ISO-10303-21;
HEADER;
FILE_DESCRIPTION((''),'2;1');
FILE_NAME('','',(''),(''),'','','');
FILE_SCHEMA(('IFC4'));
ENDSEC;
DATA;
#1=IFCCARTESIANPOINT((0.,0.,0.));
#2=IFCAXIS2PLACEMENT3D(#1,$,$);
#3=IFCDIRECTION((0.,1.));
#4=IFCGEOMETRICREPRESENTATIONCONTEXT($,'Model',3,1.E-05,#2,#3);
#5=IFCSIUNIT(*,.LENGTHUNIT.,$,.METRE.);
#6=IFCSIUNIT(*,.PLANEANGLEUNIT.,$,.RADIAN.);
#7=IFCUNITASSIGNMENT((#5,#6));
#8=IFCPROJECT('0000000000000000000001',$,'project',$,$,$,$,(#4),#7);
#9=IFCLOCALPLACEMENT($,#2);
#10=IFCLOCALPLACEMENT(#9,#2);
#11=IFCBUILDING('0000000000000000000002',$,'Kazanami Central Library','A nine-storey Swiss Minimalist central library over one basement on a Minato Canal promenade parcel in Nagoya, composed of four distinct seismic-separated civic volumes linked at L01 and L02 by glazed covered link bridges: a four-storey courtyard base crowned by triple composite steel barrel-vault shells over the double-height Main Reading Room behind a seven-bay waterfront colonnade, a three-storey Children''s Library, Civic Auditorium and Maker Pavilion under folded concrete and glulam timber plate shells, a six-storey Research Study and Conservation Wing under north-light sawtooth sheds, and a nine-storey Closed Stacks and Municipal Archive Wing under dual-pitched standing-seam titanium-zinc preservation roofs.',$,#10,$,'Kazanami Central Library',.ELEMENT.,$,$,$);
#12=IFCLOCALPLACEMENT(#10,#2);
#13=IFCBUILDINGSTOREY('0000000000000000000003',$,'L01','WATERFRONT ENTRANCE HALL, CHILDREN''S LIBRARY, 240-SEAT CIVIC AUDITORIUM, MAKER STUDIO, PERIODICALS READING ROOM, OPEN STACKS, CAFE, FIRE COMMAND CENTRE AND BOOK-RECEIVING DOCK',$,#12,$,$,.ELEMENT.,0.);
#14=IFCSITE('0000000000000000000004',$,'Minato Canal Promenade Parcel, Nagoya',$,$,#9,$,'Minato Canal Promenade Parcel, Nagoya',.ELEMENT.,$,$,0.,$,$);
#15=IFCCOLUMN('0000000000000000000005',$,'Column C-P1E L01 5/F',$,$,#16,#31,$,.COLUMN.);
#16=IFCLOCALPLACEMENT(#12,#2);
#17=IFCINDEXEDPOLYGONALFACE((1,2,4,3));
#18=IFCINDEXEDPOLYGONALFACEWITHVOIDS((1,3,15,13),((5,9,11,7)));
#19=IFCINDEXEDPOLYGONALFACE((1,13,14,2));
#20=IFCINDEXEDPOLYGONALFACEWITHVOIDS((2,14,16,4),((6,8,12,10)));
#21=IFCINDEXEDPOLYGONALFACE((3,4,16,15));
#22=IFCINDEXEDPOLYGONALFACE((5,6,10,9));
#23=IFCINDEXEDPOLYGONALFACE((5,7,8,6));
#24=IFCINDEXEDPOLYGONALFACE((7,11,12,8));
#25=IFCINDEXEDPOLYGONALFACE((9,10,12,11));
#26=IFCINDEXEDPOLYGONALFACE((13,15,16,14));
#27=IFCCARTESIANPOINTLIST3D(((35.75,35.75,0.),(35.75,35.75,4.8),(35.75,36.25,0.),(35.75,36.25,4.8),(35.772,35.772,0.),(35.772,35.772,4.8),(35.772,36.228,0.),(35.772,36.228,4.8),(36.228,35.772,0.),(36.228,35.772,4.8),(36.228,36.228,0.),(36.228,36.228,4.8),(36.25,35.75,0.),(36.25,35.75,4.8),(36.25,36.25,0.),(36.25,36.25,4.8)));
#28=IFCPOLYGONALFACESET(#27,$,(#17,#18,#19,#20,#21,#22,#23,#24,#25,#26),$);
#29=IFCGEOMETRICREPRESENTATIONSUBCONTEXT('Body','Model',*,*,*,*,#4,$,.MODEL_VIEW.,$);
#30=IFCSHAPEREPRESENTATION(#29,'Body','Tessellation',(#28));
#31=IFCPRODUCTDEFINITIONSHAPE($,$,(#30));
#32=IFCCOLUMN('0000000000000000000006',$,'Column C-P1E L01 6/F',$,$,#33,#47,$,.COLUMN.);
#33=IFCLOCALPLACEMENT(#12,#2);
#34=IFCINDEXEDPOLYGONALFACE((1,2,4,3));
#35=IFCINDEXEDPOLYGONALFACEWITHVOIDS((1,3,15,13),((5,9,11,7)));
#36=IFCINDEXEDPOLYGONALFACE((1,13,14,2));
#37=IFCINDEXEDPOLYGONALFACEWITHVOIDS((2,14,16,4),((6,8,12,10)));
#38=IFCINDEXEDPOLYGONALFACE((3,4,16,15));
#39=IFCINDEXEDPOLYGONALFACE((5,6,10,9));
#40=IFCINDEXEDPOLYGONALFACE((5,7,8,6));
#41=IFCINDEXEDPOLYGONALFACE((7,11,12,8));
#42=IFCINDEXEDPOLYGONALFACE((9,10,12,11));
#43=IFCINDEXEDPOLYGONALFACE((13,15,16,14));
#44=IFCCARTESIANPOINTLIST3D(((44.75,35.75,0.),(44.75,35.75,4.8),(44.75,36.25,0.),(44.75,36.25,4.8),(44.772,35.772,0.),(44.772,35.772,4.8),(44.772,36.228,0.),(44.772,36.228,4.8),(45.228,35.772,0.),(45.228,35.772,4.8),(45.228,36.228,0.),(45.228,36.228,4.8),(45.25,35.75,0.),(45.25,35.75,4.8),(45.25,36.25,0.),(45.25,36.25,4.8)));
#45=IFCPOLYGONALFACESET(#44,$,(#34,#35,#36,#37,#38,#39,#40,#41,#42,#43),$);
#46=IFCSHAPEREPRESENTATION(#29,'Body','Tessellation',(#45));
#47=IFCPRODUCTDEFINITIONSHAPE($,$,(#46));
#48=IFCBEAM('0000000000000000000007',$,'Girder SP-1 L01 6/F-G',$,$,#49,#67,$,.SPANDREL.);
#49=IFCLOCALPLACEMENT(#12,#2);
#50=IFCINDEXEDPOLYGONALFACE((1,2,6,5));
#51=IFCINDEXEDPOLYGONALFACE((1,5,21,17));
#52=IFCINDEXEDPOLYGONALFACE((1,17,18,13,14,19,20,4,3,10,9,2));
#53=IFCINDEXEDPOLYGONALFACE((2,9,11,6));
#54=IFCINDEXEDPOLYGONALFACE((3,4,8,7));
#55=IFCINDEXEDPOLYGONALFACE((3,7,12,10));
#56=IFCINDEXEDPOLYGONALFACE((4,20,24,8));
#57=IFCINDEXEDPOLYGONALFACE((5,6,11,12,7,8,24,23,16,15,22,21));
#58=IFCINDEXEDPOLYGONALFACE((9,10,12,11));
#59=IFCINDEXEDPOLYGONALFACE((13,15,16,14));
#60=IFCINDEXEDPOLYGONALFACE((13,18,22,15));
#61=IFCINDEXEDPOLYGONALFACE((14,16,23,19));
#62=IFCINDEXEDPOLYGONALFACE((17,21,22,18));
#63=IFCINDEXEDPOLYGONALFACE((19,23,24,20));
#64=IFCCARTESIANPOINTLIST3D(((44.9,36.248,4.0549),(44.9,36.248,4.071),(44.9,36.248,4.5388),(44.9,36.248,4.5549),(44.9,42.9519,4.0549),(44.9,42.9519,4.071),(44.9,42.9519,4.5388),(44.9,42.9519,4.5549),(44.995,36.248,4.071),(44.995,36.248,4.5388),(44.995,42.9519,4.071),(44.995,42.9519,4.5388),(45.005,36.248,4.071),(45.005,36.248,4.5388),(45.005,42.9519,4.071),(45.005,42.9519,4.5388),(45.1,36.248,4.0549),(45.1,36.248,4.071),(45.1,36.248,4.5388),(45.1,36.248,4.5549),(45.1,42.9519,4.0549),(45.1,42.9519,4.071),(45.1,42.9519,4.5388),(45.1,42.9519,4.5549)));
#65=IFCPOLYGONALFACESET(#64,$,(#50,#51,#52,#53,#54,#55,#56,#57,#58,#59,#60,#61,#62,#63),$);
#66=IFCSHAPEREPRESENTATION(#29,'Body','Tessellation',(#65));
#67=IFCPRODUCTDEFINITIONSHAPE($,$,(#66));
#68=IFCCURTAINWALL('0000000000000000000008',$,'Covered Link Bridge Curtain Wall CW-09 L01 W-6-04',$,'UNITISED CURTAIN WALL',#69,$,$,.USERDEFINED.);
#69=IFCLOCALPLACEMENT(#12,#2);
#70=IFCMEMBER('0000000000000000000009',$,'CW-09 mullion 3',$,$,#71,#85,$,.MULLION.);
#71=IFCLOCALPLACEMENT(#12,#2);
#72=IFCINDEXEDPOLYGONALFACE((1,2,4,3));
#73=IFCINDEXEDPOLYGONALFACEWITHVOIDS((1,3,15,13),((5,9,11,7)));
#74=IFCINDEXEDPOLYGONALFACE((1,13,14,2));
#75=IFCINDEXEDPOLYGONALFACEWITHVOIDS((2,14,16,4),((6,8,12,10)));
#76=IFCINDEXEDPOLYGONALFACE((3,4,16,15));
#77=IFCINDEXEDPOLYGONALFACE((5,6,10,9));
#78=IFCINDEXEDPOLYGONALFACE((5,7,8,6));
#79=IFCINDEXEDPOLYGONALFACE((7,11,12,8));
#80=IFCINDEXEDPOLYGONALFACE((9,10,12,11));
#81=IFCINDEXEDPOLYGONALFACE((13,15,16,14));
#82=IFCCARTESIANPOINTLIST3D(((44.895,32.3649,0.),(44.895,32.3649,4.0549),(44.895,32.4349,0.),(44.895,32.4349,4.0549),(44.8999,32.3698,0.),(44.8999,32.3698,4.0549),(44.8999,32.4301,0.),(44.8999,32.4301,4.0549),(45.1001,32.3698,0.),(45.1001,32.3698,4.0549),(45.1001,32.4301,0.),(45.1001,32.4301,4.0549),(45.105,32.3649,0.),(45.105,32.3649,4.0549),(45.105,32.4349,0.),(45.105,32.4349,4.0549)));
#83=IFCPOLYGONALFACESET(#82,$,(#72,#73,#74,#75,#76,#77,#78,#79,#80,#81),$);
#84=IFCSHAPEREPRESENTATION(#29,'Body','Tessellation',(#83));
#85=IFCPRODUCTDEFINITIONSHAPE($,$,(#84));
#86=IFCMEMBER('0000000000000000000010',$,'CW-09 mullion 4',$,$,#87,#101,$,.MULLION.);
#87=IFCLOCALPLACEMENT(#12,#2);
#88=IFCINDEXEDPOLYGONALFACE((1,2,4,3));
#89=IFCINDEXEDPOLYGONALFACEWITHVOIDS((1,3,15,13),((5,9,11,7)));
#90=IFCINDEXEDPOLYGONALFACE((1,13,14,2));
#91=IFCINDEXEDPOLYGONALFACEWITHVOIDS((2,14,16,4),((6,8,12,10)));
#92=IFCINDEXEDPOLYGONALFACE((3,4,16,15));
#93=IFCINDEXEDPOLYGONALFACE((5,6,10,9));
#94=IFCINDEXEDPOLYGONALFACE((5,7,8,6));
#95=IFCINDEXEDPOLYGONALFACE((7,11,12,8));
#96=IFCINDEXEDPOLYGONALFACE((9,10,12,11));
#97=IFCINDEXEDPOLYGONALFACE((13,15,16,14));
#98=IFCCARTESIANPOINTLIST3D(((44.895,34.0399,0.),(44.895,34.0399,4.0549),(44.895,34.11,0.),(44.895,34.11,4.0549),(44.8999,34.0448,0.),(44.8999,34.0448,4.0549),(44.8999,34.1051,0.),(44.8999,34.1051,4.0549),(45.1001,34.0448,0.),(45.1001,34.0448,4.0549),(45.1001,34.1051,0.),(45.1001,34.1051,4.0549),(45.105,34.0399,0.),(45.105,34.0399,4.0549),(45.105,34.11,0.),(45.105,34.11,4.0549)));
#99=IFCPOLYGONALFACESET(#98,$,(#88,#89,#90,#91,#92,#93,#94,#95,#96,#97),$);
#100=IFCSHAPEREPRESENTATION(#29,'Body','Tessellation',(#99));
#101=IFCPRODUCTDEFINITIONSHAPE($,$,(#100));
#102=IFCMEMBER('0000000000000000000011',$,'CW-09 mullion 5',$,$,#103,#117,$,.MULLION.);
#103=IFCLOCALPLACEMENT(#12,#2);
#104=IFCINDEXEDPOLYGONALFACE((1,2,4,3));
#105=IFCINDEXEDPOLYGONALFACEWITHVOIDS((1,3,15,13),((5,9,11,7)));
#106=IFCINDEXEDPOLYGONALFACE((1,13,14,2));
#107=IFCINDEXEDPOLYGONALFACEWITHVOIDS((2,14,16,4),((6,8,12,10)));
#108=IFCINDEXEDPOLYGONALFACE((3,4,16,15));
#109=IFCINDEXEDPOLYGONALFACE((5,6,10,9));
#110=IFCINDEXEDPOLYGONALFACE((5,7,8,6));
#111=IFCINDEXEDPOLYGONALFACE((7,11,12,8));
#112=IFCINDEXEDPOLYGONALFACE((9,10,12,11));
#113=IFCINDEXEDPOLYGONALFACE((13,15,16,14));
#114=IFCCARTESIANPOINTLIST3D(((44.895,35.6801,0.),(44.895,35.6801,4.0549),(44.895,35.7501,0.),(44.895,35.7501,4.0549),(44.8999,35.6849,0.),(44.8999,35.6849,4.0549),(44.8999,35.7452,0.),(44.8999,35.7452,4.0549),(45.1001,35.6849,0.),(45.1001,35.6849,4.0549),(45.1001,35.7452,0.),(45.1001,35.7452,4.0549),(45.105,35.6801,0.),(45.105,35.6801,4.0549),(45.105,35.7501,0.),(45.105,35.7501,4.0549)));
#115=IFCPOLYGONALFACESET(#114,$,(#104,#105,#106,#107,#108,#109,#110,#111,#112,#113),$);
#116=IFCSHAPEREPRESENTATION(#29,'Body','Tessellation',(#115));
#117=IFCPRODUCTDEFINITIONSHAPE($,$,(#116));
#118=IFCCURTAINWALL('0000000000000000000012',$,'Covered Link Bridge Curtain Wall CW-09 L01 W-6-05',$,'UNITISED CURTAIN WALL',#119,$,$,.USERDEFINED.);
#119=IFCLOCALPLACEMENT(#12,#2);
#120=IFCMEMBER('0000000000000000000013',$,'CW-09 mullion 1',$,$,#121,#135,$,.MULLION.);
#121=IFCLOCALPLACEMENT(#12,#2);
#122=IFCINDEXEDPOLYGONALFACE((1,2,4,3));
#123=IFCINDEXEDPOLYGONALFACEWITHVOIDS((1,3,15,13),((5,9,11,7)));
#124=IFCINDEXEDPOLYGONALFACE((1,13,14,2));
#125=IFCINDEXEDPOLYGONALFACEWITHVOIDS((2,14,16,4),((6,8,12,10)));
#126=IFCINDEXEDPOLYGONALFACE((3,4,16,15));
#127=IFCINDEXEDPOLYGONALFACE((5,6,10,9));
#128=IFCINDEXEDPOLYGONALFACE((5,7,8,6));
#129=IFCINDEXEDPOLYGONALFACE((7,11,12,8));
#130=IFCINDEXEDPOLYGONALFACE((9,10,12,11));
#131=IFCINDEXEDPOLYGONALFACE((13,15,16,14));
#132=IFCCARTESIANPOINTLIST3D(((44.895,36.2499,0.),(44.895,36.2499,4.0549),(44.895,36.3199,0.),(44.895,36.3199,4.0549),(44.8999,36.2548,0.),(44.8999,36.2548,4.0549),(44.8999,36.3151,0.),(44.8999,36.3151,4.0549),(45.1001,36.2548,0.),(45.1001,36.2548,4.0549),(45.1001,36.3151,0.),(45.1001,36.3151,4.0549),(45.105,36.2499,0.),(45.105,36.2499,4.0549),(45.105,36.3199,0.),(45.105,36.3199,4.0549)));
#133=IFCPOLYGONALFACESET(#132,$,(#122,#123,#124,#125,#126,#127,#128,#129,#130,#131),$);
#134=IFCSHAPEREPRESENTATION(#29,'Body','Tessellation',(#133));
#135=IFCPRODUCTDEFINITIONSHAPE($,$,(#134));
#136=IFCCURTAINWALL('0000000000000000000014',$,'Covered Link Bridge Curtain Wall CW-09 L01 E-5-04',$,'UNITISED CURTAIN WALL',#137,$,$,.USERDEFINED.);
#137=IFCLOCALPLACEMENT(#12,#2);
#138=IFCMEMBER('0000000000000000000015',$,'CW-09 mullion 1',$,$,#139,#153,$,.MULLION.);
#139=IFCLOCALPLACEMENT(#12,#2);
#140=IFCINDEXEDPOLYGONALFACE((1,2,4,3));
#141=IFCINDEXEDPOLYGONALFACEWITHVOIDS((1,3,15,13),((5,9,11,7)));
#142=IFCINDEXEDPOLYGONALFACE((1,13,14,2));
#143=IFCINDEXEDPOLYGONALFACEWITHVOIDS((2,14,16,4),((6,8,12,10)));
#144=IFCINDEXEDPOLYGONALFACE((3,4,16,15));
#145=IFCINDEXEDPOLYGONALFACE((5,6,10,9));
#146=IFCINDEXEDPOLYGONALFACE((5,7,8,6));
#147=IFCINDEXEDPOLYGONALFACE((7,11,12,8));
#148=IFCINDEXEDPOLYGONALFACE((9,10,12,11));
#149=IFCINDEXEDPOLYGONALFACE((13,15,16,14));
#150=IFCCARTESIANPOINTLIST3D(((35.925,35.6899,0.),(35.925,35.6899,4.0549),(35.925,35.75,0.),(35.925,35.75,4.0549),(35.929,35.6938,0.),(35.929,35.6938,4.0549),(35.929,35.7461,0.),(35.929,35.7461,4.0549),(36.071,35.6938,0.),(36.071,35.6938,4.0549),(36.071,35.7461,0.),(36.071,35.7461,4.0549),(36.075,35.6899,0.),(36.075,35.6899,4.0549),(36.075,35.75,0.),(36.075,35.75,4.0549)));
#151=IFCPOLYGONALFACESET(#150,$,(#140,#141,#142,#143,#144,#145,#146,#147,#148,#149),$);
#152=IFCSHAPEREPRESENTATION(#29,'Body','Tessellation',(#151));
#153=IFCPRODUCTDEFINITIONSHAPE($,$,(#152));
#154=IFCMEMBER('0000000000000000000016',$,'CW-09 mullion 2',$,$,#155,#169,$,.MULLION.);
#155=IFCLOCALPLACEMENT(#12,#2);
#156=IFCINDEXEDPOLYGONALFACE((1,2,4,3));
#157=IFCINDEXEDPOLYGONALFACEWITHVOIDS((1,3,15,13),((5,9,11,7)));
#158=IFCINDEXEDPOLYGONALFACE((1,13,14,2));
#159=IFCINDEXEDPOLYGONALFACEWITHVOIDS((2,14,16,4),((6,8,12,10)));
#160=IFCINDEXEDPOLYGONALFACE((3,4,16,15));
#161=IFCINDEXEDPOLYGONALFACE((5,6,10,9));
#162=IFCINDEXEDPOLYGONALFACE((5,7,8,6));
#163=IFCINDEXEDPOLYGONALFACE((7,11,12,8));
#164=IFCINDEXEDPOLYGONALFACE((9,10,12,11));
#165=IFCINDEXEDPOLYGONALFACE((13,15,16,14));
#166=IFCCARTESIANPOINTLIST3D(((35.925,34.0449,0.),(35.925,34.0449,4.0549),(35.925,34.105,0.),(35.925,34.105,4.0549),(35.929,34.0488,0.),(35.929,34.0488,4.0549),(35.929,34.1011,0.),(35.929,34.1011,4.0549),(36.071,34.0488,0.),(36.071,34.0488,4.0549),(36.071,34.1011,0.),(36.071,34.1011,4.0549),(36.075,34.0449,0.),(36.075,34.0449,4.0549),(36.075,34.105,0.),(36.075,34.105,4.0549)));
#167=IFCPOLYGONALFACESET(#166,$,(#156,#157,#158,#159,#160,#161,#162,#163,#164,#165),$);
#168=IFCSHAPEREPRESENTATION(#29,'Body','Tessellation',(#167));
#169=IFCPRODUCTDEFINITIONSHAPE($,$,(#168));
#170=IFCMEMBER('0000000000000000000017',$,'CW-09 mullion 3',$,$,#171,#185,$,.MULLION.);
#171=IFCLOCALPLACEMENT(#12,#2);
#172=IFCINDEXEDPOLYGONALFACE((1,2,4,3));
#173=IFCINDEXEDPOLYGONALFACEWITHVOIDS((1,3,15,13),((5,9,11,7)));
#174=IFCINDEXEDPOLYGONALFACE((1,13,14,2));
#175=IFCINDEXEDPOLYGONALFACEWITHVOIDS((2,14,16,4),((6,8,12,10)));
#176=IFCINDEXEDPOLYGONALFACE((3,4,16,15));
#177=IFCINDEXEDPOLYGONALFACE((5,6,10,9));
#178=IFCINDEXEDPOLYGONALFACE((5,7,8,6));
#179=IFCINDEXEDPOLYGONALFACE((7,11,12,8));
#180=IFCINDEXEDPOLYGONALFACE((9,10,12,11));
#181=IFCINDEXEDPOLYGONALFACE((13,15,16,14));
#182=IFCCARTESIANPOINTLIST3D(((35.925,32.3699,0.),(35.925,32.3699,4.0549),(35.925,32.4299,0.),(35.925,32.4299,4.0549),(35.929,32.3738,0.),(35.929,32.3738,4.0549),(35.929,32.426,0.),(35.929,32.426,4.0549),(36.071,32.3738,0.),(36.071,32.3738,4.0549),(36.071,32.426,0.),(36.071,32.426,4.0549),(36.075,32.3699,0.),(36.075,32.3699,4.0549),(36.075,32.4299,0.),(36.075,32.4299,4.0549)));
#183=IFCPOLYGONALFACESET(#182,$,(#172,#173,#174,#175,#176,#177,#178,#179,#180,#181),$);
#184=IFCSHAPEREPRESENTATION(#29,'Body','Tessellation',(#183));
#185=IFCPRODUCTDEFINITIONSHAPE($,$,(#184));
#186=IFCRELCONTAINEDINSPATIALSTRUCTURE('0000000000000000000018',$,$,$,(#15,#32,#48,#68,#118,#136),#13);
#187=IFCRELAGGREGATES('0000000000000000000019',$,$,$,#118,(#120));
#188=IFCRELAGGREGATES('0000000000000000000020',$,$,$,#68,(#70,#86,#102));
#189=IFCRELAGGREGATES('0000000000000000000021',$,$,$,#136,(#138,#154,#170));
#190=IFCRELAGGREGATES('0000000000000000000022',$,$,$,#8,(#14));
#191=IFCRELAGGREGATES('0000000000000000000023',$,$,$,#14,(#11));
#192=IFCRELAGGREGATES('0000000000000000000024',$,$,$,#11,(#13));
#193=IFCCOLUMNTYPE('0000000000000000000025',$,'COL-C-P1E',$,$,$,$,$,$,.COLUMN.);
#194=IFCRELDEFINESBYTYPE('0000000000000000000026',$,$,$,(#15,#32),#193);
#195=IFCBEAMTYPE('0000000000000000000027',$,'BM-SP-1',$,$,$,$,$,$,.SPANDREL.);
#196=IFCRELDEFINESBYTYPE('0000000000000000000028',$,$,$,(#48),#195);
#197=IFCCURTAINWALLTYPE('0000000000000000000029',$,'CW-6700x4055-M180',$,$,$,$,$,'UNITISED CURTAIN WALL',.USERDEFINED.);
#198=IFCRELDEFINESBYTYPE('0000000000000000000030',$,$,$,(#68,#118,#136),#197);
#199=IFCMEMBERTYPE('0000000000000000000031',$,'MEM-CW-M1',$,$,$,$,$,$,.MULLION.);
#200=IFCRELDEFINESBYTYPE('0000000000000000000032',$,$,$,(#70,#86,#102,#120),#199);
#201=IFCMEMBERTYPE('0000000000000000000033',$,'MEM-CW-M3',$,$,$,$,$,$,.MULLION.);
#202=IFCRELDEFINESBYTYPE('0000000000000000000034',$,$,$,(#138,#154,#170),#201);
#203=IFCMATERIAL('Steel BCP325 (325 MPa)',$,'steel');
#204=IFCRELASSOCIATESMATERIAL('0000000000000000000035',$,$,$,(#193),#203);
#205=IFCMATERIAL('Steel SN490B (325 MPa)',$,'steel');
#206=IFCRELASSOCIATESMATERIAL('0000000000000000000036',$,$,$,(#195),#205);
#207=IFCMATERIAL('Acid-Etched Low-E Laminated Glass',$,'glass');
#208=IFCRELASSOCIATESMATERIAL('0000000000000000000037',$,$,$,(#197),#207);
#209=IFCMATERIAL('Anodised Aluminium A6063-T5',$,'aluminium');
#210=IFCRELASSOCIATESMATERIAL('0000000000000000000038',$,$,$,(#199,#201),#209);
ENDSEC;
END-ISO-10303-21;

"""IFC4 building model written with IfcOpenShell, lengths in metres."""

from ifc_helpers import new_model, si_unit, direction, frame, origin, origin_2d, place, context, subcontext, project, spatial, hollow_rectangle, i_section, extrude, material, material_profile, profile_set, type_object, element, aggregate, save


model = new_model("IFC4")

# Units and contexts
model_context = context("Model", 3, precision=1e-05, world=origin(), true_north=direction((0.0, 1.0)))
body_context = subcontext(model_context, "Body", "Model", "MODEL_VIEW")
ifc_project = project(units=[si_unit("LENGTHUNIT", "METRE"), si_unit("PLANEANGLEUNIT", "RADIAN")], contexts=[model_context])

# Site, building, storey
site_placement = place(None, origin())
site = spatial("IfcSite", under=ifc_project, at=site_placement, Name="Minato Canal Promenade Parcel, Nagoya", LongName="Minato Canal Promenade Parcel, Nagoya", CompositionType="ELEMENT", RefElevation=0.0)
building_placement = place(site_placement, origin())
building = spatial("IfcBuilding", under=site, at=building_placement, Name="Kazanami Central Library", Description="A nine-storey Swiss Minimalist central library over one basement on a Minato Canal promenade parcel in Nagoya, composed of four distinct seismic-separated civic volumes linked at L01 and L02 by glazed covered link bridges: a four-storey courtyard base crowned by triple composite steel barrel-vault shells over the double-height Main Reading Room behind a seven-bay waterfront colonnade, a three-storey Children's Library, Civic Auditorium and Maker Pavilion under folded concrete and glulam timber plate shells, a six-storey Research Study and Conservation Wing under north-light sawtooth sheds, and a nine-storey Closed Stacks and Municipal Archive Wing under dual-pitched standing-seam titanium-zinc preservation roofs.", LongName="Kazanami Central Library", CompositionType="ELEMENT")
storey_placement = place(building_placement, origin())
storey = spatial("IfcBuildingStorey", under=building, at=storey_placement, Name="L01", Description="WATERFRONT ENTRANCE HALL, CHILDREN'S LIBRARY, 240-SEAT CIVIC AUDITORIUM, MAKER STUDIO, PERIODICALS READING ROOM, OPEN STACKS, CAFE, FIRE COMMAND CENTRE AND BOOK-RECEIVING DOCK", CompositionType="ELEMENT", Elevation=0.0)

# Columns
ifc_material_1 = material(Name="Steel BCP325 (325 MPa)", Category="steel")
ifc_material_profile_1 = material_profile(ifc_material_1, hollow_rectangle(XDim=0.5, YDim=0.5, WallThickness=0.022, at=origin_2d()), Name="BCP-500x500x22")
ifc_profile_set_1 = profile_set([ifc_material_profile_1], Name="Steel BCP325 (325 MPa)")
column_type = type_object("IfcColumnType", Name="COL-C-P1E", PredefinedType="COLUMN", material=ifc_profile_set_1)
for number, where, z_axis, x_axis, name in (
    (1, (36.0, 36.0, 0.0), (0.0, 0.0, 1.0), (1.0, 0.0, 0.0), "Column C-P1E L01 5/F"),
    (2, (45.0, 36.0, 0.0), (0.0, 0.0, 1.0), (1.0, 0.0, 0.0), "Column C-P1E L01 6/F"),
):
    element("IfcColumn", number, at=place(storey_placement, frame(where, z_axis=z_axis, x_axis=x_axis)), inside=storey, type_object=column_type, Name=name, PredefinedType="COLUMN", context=body_context, shape_type="SweptSolid", body=[
        extrude(hollow_rectangle(XDim=0.5, YDim=0.5, WallThickness=0.022, at=origin_2d()), origin(), (0.0, 0.0, 1.0), 4.8),
    ])

# Beam
ifc_material_2 = material(Name="Steel SN490B (325 MPa)", Category="steel")
ifc_material_profile_2 = material_profile(ifc_material_2, i_section(OverallWidth=0.2, OverallDepth=0.5, WebThickness=0.01, FlangeThickness=0.0161, at=origin_2d()), Name="H-500x200x10x16")
ifc_profile_set_2 = profile_set([ifc_material_profile_2], Name="Steel SN490B (325 MPa)")
beam_type = type_object("IfcBeamType", Name="BM-SP-1", PredefinedType="SPANDREL", material=ifc_profile_set_2)
beam_placement = place(storey_placement, frame((45.0, 36.248, 4.3049), z_axis=(0.0, 1.0, 0.0), x_axis=(-1.0, 0.0, 0.0)))
element("IfcBeam", 3, at=beam_placement, inside=storey, type_object=beam_type, Name="Girder SP-1 L01 6/F-G", PredefinedType="SPANDREL", context=body_context, shape_type="SweptSolid", body=[
    extrude(i_section(OverallWidth=0.2, OverallDepth=0.5, WebThickness=0.01, FlangeThickness=0.0161, at=origin_2d()), origin(), (0.0, 0.0, 1.0), 6.7039),
])

# Curtain wall, members
ifc_material_3 = material(Name="Acid-Etched Low-E Laminated Glass", Category="glass")
curtain_wall_type = type_object("IfcCurtainWallType", Name="CW-6700x4055-M180", ElementType="UNITISED CURTAIN WALL", PredefinedType="USERDEFINED", material=ifc_material_3)
curtain_wall_1_placement = place(storey_placement, origin())
curtain_wall_1 = element("IfcCurtainWall", 4, at=curtain_wall_1_placement, inside=storey, type_object=curtain_wall_type, Name="Covered Link Bridge Curtain Wall CW-09 L01 W-6-04", ObjectType="UNITISED CURTAIN WALL", PredefinedType="USERDEFINED")
ifc_material_4 = material(Name="Anodised Aluminium A6063-T5", Category="aluminium")
ifc_material_profile_3 = material_profile(ifc_material_4, hollow_rectangle(XDim=0.0701, YDim=0.21, WallThickness=0.0049, at=origin_2d()), Name="ALU-MULL-70x210x5")
ifc_profile_set_3 = profile_set([ifc_material_profile_3], Name="Anodised Aluminium A6063-T5")
member_type_1 = type_object("IfcMemberType", Name="MEM-CW-M1", PredefinedType="MULLION", material=ifc_profile_set_3)
member_1_placement = place(storey_placement, frame((45.0, 32.3999, 0.0), z_axis=(0.0, 0.0, 1.0), x_axis=(0.0, 1.0, 0.0)))
member_1 = element("IfcMember", 5, at=member_1_placement, type_object=member_type_1, Name="CW-09 mullion 3", PredefinedType="MULLION", context=body_context, shape_type="SweptSolid", body=[
    extrude(hollow_rectangle(XDim=0.0701, YDim=0.21, WallThickness=0.0049, at=origin_2d()), origin(), (0.0, 0.0, 1.0), 4.0549),
])
member_2_placement = place(storey_placement, frame((45.0, 34.075, 0.0), z_axis=(0.0, 0.0, 1.0), x_axis=(0.0, 1.0, 0.0)))
member_2 = element("IfcMember", 6, at=member_2_placement, type_object=member_type_1, Name="CW-09 mullion 4", PredefinedType="MULLION", context=body_context, shape_type="SweptSolid", body=[
    extrude(hollow_rectangle(XDim=0.0701, YDim=0.21, WallThickness=0.0049, at=origin_2d()), origin(), (0.0, 0.0, 1.0), 4.0549),
])
member_3_placement = place(storey_placement, frame((45.0, 35.7151, 0.0), z_axis=(0.0, 0.0, 1.0), x_axis=(0.0, 1.0, 0.0)))
member_3 = element("IfcMember", 7, at=member_3_placement, type_object=member_type_1, Name="CW-09 mullion 5", PredefinedType="MULLION", context=body_context, shape_type="SweptSolid", body=[
    extrude(hollow_rectangle(XDim=0.0701, YDim=0.21, WallThickness=0.0049, at=origin_2d()), origin(), (0.0, 0.0, 1.0), 4.0549),
])

# Curtain wall, member
curtain_wall_2_placement = place(storey_placement, origin())
curtain_wall_2 = element("IfcCurtainWall", 8, at=curtain_wall_2_placement, inside=storey, type_object=curtain_wall_type, Name="Covered Link Bridge Curtain Wall CW-09 L01 W-6-05", ObjectType="UNITISED CURTAIN WALL", PredefinedType="USERDEFINED")
member_4_placement = place(storey_placement, frame((45.0, 36.2849, 0.0), z_axis=(0.0, 0.0, 1.0), x_axis=(0.0, 1.0, 0.0)))
member_4 = element("IfcMember", 9, at=member_4_placement, type_object=member_type_1, Name="CW-09 mullion 1", PredefinedType="MULLION", context=body_context, shape_type="SweptSolid", body=[
    extrude(hollow_rectangle(XDim=0.0701, YDim=0.21, WallThickness=0.0049, at=origin_2d()), origin(), (0.0, 0.0, 1.0), 4.0549),
])

# Curtain wall, members
curtain_wall_3_placement = place(storey_placement, origin())
curtain_wall_3 = element("IfcCurtainWall", 10, at=curtain_wall_3_placement, inside=storey, type_object=curtain_wall_type, Name="Covered Link Bridge Curtain Wall CW-09 L01 E-5-04", ObjectType="UNITISED CURTAIN WALL", PredefinedType="USERDEFINED")
ifc_material_profile_4 = material_profile(ifc_material_4, hollow_rectangle(XDim=0.0601, YDim=0.1499, WallThickness=0.0039, at=origin_2d()), Name="ALU-MULL-60x150x4")
ifc_profile_set_4 = profile_set([ifc_material_profile_4], Name="Anodised Aluminium A6063-T5")
member_type_2 = type_object("IfcMemberType", Name="MEM-CW-M3", PredefinedType="MULLION", material=ifc_profile_set_4)
member_5_placement = place(storey_placement, frame((36.0, 35.72, 0.0), z_axis=(0.0, 0.0, 1.0), x_axis=(0.0, -1.0, 0.0)))
member_5 = element("IfcMember", 11, at=member_5_placement, type_object=member_type_2, Name="CW-09 mullion 1", PredefinedType="MULLION", context=body_context, shape_type="SweptSolid", body=[
    extrude(hollow_rectangle(XDim=0.0601, YDim=0.1499, WallThickness=0.0039, at=origin_2d()), origin(), (0.0, 0.0, 1.0), 4.0549),
])
member_6_placement = place(storey_placement, frame((36.0, 34.075, 0.0), z_axis=(0.0, 0.0, 1.0), x_axis=(0.0, -1.0, 0.0)))
member_6 = element("IfcMember", 12, at=member_6_placement, type_object=member_type_2, Name="CW-09 mullion 2", PredefinedType="MULLION", context=body_context, shape_type="SweptSolid", body=[
    extrude(hollow_rectangle(XDim=0.0601, YDim=0.1499, WallThickness=0.0039, at=origin_2d()), origin(), (0.0, 0.0, 1.0), 4.0549),
])
member_7_placement = place(storey_placement, frame((36.0, 32.3999, 0.0), z_axis=(0.0, 0.0, 1.0), x_axis=(0.0, -1.0, 0.0)))
member_7 = element("IfcMember", 13, at=member_7_placement, type_object=member_type_2, Name="CW-09 mullion 3", PredefinedType="MULLION", context=body_context, shape_type="SweptSolid", body=[
    extrude(hollow_rectangle(XDim=0.0601, YDim=0.1499, WallThickness=0.0039, at=origin_2d()), origin(), (0.0, 0.0, 1.0), 4.0549),
])

aggregate(curtain_wall_2, [member_4])

aggregate(curtain_wall_1, [member_1, member_2, member_3])
aggregate(curtain_wall_3, [member_5, member_6, member_7])

save(model, "model.ifc")
